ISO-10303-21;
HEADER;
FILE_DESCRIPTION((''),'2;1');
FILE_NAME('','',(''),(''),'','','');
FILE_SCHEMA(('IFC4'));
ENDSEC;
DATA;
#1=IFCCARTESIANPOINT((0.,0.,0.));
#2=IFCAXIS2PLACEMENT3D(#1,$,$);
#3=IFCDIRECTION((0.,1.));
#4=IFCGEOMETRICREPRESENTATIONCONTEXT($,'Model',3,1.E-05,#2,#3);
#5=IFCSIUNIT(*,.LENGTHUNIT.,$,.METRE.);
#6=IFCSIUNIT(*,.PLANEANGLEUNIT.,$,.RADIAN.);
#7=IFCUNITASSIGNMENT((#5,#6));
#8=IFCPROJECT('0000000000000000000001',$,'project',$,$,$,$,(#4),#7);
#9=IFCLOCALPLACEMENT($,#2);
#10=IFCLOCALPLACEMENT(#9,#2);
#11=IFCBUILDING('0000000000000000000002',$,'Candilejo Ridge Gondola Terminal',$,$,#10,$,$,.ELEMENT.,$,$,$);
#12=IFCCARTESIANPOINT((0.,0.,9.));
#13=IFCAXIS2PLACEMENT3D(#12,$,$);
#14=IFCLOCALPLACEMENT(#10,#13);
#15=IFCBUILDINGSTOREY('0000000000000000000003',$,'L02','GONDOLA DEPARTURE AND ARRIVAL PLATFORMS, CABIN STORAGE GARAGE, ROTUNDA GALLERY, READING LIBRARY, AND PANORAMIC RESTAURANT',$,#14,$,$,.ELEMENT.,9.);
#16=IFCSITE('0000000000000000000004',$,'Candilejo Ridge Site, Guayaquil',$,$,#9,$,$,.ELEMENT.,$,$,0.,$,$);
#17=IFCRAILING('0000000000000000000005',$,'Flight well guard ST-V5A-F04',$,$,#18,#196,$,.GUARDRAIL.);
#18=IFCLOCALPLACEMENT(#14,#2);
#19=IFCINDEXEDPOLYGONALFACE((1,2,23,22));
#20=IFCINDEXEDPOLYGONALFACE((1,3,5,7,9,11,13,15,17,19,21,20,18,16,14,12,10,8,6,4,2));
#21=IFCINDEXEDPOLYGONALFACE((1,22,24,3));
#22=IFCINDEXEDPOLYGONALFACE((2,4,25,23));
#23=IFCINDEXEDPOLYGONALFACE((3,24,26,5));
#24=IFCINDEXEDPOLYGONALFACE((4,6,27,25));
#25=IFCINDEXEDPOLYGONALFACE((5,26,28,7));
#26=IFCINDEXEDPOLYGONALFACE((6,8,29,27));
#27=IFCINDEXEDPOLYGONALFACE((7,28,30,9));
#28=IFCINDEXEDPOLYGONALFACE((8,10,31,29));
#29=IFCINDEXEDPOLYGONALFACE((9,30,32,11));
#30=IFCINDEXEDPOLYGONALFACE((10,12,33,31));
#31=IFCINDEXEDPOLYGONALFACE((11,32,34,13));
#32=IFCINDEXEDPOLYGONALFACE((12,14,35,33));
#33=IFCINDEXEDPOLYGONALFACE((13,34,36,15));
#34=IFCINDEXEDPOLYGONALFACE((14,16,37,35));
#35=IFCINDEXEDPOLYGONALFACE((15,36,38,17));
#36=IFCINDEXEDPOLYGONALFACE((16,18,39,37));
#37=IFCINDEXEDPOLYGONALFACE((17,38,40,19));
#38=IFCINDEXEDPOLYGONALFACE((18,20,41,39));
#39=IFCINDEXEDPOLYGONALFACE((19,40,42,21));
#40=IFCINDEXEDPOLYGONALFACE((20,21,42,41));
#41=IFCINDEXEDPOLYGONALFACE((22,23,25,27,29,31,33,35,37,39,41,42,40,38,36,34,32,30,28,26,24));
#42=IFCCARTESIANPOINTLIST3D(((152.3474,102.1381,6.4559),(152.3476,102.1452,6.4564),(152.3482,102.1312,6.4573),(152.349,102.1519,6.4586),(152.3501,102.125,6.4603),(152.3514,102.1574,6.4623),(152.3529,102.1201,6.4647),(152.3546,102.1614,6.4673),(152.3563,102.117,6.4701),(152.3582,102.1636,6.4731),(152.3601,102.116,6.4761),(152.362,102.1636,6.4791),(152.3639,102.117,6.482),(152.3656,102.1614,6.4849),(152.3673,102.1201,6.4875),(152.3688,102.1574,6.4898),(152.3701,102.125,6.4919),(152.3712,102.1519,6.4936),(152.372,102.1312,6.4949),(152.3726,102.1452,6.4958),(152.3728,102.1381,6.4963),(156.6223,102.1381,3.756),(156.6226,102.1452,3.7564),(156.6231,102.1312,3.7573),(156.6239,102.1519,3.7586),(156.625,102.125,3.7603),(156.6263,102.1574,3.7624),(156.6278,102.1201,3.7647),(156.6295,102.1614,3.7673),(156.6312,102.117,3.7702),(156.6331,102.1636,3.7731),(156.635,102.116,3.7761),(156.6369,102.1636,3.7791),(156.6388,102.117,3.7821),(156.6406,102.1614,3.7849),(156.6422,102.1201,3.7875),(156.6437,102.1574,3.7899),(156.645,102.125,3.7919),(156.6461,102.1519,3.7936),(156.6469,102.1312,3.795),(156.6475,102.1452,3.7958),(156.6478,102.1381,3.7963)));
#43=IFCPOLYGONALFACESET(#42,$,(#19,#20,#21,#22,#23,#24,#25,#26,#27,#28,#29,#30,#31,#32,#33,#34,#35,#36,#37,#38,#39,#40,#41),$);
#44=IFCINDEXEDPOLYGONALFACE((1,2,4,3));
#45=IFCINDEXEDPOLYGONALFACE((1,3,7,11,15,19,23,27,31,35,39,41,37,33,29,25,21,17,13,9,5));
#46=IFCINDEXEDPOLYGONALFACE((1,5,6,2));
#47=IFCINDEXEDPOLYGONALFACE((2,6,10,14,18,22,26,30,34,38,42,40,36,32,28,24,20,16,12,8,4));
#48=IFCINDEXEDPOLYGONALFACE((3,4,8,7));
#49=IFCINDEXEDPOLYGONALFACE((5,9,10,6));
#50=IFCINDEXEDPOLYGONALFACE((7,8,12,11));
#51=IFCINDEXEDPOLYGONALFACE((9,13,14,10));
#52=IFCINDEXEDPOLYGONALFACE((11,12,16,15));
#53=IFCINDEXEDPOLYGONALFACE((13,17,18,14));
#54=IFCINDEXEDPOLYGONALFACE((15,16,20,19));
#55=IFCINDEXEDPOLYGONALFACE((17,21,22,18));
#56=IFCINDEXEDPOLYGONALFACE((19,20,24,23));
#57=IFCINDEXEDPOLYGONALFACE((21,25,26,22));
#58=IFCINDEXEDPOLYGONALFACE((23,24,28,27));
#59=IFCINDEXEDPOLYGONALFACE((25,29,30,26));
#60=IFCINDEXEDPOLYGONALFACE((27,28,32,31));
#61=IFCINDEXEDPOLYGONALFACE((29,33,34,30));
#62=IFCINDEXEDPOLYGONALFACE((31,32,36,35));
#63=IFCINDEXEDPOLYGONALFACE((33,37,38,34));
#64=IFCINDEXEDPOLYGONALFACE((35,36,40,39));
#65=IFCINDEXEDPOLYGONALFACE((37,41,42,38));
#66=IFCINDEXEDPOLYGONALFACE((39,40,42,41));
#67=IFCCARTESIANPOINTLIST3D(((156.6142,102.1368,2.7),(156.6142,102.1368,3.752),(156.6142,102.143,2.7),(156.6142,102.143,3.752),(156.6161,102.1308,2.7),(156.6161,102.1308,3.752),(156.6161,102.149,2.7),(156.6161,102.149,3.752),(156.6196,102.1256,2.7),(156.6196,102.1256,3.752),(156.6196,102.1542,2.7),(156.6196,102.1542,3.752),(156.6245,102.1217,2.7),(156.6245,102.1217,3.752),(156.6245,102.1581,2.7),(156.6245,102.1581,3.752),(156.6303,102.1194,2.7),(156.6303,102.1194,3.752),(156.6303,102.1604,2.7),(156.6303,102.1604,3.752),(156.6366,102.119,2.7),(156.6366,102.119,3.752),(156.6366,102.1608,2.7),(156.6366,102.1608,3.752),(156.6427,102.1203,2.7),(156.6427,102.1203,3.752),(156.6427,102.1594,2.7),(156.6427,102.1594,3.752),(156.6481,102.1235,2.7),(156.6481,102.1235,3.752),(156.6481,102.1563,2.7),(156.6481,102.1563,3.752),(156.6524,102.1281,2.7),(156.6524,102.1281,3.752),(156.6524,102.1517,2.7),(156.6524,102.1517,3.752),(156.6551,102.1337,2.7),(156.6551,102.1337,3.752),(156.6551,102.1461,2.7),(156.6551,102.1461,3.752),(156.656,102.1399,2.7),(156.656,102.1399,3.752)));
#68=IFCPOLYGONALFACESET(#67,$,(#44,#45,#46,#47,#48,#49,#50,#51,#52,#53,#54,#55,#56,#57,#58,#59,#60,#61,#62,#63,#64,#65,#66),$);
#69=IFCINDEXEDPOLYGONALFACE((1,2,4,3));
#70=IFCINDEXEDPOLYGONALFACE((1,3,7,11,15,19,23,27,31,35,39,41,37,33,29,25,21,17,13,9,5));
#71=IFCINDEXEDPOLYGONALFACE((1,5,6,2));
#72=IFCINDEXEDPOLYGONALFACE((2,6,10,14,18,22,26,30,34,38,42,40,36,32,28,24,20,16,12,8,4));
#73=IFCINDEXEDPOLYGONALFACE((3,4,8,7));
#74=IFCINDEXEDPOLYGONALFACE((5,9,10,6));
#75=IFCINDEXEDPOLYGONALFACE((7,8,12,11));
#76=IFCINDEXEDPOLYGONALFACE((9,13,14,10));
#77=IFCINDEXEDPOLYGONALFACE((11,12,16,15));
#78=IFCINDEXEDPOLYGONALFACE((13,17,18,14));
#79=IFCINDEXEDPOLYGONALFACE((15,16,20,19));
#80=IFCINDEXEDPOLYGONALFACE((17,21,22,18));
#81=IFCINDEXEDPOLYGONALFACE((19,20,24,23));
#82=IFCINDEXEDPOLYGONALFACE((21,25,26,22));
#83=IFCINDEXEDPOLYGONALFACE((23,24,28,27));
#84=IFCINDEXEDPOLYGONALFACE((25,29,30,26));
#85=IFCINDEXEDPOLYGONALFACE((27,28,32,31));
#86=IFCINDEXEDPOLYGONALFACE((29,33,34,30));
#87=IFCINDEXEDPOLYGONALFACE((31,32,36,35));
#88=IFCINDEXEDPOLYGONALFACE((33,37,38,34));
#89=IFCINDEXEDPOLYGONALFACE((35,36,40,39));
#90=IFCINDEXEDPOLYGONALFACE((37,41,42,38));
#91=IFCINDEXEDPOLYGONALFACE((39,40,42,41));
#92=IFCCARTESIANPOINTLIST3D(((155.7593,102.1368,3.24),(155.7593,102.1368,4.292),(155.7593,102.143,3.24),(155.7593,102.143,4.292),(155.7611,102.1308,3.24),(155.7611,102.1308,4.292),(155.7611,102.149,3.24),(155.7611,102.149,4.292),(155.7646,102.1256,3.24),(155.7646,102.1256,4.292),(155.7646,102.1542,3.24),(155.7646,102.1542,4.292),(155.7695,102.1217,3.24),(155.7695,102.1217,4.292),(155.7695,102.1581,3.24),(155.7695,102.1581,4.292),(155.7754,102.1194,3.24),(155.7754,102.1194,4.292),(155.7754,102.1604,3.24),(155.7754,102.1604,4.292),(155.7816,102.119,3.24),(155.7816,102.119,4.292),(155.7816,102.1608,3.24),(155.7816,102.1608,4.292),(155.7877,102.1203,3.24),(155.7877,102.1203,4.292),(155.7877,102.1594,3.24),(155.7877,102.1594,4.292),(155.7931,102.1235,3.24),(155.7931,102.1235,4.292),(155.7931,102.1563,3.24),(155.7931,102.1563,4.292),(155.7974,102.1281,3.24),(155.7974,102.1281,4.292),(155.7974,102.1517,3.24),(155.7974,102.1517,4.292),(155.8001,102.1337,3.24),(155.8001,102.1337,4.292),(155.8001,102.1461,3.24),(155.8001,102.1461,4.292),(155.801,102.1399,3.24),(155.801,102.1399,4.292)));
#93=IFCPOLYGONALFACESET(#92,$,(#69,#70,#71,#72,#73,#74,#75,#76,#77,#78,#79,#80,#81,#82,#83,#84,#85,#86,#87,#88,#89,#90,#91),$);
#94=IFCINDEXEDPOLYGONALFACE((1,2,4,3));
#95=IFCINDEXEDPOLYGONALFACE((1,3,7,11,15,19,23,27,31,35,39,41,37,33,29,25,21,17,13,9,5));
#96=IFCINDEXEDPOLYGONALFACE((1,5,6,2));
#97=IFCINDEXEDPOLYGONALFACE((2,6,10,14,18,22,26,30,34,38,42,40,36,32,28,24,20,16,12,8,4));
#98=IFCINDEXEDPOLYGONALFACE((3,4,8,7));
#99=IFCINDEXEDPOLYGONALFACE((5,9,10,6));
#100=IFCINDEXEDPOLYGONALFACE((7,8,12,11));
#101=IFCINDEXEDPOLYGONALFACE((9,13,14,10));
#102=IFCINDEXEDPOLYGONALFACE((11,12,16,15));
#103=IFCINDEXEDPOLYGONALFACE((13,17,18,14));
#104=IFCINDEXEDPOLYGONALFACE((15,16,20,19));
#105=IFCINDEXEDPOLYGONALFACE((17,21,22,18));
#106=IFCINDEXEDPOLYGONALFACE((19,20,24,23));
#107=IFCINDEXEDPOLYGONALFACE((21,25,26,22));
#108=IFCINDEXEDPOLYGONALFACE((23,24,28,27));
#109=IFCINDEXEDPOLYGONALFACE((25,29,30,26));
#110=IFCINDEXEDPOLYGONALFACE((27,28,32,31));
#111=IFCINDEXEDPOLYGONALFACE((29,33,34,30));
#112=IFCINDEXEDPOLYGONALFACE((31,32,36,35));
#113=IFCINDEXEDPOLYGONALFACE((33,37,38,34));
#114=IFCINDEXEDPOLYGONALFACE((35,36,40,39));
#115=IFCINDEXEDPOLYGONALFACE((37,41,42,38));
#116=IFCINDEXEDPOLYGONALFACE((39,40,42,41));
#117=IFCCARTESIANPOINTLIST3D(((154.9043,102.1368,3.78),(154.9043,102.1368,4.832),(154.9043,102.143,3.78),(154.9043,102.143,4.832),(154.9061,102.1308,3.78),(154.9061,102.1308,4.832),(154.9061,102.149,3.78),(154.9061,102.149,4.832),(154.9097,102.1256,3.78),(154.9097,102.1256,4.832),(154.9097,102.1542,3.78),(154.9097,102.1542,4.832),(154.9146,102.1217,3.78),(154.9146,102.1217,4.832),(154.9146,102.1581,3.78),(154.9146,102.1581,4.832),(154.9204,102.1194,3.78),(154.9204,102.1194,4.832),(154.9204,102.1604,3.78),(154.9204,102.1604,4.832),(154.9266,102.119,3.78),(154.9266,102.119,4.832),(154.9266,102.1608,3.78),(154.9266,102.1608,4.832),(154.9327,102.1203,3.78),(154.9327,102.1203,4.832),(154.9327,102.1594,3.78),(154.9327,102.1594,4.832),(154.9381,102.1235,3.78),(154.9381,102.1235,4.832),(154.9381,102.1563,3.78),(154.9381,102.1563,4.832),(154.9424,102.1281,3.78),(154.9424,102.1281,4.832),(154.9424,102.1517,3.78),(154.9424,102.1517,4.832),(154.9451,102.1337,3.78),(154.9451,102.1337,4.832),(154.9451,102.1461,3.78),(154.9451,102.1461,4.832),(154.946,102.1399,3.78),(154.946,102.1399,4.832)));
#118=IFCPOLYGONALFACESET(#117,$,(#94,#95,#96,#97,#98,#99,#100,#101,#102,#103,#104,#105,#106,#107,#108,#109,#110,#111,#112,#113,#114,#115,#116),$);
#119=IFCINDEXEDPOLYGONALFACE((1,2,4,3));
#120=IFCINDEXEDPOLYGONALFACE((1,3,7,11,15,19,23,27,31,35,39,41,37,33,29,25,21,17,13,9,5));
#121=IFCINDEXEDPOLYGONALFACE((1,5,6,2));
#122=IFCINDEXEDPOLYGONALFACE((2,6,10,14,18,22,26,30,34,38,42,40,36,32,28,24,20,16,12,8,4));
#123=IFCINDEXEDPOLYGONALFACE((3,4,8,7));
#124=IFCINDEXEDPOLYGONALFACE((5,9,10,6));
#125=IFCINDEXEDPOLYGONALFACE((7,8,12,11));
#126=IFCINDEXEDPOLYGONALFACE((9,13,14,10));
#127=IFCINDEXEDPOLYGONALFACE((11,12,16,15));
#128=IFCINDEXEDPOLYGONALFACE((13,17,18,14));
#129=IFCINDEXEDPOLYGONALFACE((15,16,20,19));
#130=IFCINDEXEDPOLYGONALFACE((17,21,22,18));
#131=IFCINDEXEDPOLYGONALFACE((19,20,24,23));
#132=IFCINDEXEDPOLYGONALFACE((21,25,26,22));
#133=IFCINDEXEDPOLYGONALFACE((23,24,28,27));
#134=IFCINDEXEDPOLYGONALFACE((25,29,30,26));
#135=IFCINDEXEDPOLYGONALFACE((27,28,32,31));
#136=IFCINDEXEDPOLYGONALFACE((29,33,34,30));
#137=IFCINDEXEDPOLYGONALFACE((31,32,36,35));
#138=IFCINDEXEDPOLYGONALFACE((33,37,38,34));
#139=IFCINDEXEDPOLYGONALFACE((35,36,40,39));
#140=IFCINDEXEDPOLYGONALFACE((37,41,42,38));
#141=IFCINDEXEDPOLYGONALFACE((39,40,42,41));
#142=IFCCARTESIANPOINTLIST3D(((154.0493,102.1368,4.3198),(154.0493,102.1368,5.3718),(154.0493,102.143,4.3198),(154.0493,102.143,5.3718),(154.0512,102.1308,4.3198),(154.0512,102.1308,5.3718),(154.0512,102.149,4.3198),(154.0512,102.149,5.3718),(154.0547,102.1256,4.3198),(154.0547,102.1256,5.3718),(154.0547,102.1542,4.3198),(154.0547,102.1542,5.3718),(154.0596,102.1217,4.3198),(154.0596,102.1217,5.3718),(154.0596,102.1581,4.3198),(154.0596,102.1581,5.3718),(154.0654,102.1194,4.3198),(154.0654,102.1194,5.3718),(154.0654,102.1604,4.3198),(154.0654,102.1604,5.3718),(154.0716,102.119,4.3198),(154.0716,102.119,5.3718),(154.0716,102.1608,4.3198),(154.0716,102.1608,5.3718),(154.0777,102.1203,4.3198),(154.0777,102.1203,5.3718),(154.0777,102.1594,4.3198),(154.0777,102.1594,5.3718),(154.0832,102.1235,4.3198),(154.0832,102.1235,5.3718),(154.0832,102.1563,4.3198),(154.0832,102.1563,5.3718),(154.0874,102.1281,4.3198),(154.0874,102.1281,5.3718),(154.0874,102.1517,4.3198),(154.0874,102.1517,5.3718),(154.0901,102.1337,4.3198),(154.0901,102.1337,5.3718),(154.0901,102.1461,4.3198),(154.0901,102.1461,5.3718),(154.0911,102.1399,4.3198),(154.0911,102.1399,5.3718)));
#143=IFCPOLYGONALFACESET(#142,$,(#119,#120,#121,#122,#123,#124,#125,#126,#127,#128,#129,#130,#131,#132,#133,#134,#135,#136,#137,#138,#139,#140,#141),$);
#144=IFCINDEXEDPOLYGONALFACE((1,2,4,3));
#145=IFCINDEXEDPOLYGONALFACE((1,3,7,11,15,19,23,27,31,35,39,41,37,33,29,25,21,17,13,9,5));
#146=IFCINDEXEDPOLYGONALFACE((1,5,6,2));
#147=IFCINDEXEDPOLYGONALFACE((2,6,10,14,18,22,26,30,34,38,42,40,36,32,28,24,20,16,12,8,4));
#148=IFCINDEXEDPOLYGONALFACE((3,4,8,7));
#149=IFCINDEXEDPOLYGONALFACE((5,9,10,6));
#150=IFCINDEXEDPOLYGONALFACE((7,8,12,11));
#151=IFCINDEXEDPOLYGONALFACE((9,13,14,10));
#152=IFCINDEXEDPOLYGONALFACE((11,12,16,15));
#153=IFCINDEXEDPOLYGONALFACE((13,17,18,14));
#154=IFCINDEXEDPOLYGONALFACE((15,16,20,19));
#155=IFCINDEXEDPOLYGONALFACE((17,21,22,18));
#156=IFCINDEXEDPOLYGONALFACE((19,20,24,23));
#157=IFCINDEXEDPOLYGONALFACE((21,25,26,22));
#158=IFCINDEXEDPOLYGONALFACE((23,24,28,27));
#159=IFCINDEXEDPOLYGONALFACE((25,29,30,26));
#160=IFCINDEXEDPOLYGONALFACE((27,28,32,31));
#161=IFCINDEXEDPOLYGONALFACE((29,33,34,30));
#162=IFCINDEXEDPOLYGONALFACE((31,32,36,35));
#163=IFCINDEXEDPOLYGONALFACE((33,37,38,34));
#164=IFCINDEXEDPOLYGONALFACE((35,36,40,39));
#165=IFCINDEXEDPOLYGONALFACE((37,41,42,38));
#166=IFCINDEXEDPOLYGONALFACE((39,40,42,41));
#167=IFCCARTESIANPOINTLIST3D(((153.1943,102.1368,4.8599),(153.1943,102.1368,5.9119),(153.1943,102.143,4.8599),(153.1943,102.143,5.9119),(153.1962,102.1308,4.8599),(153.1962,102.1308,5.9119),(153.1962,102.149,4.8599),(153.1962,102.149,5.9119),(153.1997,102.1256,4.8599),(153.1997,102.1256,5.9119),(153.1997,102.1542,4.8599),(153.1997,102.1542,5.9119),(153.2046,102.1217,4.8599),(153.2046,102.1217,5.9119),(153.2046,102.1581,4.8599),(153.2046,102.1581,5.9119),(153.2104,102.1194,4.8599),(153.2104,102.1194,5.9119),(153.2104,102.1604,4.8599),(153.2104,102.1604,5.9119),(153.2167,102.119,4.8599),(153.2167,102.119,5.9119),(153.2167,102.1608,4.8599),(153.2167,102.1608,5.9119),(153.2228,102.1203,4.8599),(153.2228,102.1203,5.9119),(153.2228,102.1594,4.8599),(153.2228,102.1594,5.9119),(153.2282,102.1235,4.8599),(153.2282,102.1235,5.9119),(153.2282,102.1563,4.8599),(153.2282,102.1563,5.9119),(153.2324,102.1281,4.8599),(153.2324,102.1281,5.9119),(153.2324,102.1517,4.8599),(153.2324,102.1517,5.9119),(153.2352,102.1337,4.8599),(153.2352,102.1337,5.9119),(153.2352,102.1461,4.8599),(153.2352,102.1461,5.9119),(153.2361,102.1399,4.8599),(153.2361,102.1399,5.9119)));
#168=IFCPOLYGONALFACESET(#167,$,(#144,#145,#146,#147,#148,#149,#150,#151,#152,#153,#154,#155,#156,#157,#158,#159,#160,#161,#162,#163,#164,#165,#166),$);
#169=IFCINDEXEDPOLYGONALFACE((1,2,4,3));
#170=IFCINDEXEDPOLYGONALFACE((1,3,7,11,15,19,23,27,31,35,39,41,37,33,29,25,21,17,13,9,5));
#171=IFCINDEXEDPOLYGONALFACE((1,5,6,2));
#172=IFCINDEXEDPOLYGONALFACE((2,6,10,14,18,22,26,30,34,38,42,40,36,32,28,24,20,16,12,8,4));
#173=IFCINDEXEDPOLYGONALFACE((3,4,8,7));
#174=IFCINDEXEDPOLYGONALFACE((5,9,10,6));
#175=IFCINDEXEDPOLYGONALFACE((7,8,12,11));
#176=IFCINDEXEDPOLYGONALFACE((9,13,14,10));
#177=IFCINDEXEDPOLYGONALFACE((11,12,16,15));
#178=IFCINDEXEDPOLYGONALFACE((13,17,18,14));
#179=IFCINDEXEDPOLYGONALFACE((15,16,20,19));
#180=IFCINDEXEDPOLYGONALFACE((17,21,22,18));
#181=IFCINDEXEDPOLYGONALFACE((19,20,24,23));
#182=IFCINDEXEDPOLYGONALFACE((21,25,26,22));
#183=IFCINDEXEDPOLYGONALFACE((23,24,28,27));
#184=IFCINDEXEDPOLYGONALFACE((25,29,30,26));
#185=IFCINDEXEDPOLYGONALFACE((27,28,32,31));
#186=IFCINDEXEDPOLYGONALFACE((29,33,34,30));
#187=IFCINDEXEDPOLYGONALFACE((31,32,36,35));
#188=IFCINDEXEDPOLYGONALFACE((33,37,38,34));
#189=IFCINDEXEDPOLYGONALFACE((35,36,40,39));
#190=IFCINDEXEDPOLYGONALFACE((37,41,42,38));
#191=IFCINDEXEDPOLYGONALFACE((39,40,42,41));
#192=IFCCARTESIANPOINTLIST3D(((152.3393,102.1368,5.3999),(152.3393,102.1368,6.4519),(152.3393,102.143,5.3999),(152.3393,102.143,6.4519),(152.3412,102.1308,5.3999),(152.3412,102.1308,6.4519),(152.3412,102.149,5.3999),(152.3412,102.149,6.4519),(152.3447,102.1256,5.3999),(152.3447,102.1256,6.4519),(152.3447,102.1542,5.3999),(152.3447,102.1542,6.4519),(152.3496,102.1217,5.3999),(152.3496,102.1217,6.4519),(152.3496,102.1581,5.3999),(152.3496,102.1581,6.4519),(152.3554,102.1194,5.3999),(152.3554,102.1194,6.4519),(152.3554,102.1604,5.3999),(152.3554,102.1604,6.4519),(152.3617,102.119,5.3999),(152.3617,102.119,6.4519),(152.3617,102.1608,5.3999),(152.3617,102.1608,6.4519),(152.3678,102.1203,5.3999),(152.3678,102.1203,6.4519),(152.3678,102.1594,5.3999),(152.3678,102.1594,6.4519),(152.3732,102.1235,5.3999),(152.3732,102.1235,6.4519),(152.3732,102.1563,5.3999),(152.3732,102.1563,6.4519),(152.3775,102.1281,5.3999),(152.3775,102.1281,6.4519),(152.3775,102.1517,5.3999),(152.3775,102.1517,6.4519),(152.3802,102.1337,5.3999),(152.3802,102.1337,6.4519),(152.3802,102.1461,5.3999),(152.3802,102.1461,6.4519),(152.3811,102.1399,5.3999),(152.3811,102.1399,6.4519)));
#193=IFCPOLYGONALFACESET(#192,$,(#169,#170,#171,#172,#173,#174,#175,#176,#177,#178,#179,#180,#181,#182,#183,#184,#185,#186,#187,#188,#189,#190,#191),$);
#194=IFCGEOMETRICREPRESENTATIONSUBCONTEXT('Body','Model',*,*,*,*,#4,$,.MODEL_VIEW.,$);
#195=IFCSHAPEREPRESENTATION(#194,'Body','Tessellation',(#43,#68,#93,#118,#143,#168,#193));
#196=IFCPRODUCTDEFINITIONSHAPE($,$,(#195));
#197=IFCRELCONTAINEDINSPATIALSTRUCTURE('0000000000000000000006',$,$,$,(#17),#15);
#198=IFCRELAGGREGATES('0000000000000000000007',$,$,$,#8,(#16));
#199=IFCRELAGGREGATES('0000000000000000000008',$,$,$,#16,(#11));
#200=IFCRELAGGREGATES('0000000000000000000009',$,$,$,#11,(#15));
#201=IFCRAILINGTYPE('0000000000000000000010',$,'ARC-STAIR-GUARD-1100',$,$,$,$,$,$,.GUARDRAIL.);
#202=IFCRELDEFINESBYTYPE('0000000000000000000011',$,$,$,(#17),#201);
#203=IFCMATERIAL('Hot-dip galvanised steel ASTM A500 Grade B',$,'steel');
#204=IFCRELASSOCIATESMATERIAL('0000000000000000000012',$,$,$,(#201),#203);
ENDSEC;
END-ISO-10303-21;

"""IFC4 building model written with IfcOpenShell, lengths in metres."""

from ifc_helpers import new_model, si_unit, direction, frame, origin, origin_2d, place, context, subcontext, project, spatial, circle, extrude, material, type_object, element, save


model = new_model("IFC4")

# Units and contexts
model_context = context("Model", 3, precision=1e-05, world=origin(), true_north=direction((0.0, 1.0)))
body_context = subcontext(model_context, "Body", "Model", "MODEL_VIEW")
ifc_project = project(units=[si_unit("LENGTHUNIT", "METRE"), si_unit("PLANEANGLEUNIT", "RADIAN")], contexts=[model_context])

# Site, building, storey
site_placement = place(None, origin())
site = spatial("IfcSite", under=ifc_project, at=site_placement, Name="Candilejo Ridge Site, Guayaquil", CompositionType="ELEMENT", RefElevation=0.0)
building_placement = place(site_placement, origin())
building = spatial("IfcBuilding", under=site, at=building_placement, Name="Candilejo Ridge Gondola Terminal", CompositionType="ELEMENT")
storey_placement = place(building_placement, frame((0.0, 0.0, 9.0)))
storey = spatial("IfcBuildingStorey", under=building, at=storey_placement, Name="L02", Description="GONDOLA DEPARTURE AND ARRIVAL PLATFORMS, CABIN STORAGE GARAGE, ROTUNDA GALLERY, READING LIBRARY, AND PANORAMIC RESTAURANT", CompositionType="ELEMENT", Elevation=9.0)

# Railing
ifc_material_1 = material(Name="Hot-dip galvanised steel ASTM A500 Grade B", Category="steel")
railing_type_1 = type_object("IfcRailingType", Name="ARC-STAIR-GUARD-1100", PredefinedType="GUARDRAIL", material=ifc_material_1)
railing_1_placement = place(storey_placement, frame((156.635, 102.1399, 2.7)))
element("IfcRailing", 1, at=railing_1_placement, inside=storey, type_object=railing_type_1, Name="Flight well guard ST-V5A-F04", PredefinedType="GUARDRAIL", context=body_context, shape_type="SweptSolid", body=[
    extrude(circle(Radius=0.0239, at=origin_2d()), frame((0.0, 0.0, 1.0762), z_axis=(-0.845488, 0.0, 0.533995), x_axis=(0.0, -1.0, 0.0)), (0.0, 0.0, 1.0), 5.0562),
    extrude(circle(Radius=0.021, at=origin_2d()), origin(), (0.0, 0.0, 1.0), 1.052),
    extrude(circle(Radius=0.021, at=origin_2d()), frame((-0.855, 0.0, 0.54)), (0.0, 0.0, 1.0), 1.052),
    extrude(circle(Radius=0.021, at=origin_2d()), frame((-1.71, 0.0, 1.0801)), (0.0, 0.0, 1.0), 1.052),
    extrude(circle(Radius=0.021, at=origin_2d()), frame((-2.5649, 0.0, 1.6199)), (0.0, 0.0, 1.0), 1.052),
    extrude(circle(Radius=0.021, at=origin_2d()), frame((-3.4199, 0.0, 2.1599)), (0.0, 0.0, 1.0), 1.052),
    extrude(circle(Radius=0.021, at=origin_2d()), frame((-4.2749, 0.0, 2.7)), (0.0, 0.0, 1.0), 1.052),
])

save(model, "model.ifc")
